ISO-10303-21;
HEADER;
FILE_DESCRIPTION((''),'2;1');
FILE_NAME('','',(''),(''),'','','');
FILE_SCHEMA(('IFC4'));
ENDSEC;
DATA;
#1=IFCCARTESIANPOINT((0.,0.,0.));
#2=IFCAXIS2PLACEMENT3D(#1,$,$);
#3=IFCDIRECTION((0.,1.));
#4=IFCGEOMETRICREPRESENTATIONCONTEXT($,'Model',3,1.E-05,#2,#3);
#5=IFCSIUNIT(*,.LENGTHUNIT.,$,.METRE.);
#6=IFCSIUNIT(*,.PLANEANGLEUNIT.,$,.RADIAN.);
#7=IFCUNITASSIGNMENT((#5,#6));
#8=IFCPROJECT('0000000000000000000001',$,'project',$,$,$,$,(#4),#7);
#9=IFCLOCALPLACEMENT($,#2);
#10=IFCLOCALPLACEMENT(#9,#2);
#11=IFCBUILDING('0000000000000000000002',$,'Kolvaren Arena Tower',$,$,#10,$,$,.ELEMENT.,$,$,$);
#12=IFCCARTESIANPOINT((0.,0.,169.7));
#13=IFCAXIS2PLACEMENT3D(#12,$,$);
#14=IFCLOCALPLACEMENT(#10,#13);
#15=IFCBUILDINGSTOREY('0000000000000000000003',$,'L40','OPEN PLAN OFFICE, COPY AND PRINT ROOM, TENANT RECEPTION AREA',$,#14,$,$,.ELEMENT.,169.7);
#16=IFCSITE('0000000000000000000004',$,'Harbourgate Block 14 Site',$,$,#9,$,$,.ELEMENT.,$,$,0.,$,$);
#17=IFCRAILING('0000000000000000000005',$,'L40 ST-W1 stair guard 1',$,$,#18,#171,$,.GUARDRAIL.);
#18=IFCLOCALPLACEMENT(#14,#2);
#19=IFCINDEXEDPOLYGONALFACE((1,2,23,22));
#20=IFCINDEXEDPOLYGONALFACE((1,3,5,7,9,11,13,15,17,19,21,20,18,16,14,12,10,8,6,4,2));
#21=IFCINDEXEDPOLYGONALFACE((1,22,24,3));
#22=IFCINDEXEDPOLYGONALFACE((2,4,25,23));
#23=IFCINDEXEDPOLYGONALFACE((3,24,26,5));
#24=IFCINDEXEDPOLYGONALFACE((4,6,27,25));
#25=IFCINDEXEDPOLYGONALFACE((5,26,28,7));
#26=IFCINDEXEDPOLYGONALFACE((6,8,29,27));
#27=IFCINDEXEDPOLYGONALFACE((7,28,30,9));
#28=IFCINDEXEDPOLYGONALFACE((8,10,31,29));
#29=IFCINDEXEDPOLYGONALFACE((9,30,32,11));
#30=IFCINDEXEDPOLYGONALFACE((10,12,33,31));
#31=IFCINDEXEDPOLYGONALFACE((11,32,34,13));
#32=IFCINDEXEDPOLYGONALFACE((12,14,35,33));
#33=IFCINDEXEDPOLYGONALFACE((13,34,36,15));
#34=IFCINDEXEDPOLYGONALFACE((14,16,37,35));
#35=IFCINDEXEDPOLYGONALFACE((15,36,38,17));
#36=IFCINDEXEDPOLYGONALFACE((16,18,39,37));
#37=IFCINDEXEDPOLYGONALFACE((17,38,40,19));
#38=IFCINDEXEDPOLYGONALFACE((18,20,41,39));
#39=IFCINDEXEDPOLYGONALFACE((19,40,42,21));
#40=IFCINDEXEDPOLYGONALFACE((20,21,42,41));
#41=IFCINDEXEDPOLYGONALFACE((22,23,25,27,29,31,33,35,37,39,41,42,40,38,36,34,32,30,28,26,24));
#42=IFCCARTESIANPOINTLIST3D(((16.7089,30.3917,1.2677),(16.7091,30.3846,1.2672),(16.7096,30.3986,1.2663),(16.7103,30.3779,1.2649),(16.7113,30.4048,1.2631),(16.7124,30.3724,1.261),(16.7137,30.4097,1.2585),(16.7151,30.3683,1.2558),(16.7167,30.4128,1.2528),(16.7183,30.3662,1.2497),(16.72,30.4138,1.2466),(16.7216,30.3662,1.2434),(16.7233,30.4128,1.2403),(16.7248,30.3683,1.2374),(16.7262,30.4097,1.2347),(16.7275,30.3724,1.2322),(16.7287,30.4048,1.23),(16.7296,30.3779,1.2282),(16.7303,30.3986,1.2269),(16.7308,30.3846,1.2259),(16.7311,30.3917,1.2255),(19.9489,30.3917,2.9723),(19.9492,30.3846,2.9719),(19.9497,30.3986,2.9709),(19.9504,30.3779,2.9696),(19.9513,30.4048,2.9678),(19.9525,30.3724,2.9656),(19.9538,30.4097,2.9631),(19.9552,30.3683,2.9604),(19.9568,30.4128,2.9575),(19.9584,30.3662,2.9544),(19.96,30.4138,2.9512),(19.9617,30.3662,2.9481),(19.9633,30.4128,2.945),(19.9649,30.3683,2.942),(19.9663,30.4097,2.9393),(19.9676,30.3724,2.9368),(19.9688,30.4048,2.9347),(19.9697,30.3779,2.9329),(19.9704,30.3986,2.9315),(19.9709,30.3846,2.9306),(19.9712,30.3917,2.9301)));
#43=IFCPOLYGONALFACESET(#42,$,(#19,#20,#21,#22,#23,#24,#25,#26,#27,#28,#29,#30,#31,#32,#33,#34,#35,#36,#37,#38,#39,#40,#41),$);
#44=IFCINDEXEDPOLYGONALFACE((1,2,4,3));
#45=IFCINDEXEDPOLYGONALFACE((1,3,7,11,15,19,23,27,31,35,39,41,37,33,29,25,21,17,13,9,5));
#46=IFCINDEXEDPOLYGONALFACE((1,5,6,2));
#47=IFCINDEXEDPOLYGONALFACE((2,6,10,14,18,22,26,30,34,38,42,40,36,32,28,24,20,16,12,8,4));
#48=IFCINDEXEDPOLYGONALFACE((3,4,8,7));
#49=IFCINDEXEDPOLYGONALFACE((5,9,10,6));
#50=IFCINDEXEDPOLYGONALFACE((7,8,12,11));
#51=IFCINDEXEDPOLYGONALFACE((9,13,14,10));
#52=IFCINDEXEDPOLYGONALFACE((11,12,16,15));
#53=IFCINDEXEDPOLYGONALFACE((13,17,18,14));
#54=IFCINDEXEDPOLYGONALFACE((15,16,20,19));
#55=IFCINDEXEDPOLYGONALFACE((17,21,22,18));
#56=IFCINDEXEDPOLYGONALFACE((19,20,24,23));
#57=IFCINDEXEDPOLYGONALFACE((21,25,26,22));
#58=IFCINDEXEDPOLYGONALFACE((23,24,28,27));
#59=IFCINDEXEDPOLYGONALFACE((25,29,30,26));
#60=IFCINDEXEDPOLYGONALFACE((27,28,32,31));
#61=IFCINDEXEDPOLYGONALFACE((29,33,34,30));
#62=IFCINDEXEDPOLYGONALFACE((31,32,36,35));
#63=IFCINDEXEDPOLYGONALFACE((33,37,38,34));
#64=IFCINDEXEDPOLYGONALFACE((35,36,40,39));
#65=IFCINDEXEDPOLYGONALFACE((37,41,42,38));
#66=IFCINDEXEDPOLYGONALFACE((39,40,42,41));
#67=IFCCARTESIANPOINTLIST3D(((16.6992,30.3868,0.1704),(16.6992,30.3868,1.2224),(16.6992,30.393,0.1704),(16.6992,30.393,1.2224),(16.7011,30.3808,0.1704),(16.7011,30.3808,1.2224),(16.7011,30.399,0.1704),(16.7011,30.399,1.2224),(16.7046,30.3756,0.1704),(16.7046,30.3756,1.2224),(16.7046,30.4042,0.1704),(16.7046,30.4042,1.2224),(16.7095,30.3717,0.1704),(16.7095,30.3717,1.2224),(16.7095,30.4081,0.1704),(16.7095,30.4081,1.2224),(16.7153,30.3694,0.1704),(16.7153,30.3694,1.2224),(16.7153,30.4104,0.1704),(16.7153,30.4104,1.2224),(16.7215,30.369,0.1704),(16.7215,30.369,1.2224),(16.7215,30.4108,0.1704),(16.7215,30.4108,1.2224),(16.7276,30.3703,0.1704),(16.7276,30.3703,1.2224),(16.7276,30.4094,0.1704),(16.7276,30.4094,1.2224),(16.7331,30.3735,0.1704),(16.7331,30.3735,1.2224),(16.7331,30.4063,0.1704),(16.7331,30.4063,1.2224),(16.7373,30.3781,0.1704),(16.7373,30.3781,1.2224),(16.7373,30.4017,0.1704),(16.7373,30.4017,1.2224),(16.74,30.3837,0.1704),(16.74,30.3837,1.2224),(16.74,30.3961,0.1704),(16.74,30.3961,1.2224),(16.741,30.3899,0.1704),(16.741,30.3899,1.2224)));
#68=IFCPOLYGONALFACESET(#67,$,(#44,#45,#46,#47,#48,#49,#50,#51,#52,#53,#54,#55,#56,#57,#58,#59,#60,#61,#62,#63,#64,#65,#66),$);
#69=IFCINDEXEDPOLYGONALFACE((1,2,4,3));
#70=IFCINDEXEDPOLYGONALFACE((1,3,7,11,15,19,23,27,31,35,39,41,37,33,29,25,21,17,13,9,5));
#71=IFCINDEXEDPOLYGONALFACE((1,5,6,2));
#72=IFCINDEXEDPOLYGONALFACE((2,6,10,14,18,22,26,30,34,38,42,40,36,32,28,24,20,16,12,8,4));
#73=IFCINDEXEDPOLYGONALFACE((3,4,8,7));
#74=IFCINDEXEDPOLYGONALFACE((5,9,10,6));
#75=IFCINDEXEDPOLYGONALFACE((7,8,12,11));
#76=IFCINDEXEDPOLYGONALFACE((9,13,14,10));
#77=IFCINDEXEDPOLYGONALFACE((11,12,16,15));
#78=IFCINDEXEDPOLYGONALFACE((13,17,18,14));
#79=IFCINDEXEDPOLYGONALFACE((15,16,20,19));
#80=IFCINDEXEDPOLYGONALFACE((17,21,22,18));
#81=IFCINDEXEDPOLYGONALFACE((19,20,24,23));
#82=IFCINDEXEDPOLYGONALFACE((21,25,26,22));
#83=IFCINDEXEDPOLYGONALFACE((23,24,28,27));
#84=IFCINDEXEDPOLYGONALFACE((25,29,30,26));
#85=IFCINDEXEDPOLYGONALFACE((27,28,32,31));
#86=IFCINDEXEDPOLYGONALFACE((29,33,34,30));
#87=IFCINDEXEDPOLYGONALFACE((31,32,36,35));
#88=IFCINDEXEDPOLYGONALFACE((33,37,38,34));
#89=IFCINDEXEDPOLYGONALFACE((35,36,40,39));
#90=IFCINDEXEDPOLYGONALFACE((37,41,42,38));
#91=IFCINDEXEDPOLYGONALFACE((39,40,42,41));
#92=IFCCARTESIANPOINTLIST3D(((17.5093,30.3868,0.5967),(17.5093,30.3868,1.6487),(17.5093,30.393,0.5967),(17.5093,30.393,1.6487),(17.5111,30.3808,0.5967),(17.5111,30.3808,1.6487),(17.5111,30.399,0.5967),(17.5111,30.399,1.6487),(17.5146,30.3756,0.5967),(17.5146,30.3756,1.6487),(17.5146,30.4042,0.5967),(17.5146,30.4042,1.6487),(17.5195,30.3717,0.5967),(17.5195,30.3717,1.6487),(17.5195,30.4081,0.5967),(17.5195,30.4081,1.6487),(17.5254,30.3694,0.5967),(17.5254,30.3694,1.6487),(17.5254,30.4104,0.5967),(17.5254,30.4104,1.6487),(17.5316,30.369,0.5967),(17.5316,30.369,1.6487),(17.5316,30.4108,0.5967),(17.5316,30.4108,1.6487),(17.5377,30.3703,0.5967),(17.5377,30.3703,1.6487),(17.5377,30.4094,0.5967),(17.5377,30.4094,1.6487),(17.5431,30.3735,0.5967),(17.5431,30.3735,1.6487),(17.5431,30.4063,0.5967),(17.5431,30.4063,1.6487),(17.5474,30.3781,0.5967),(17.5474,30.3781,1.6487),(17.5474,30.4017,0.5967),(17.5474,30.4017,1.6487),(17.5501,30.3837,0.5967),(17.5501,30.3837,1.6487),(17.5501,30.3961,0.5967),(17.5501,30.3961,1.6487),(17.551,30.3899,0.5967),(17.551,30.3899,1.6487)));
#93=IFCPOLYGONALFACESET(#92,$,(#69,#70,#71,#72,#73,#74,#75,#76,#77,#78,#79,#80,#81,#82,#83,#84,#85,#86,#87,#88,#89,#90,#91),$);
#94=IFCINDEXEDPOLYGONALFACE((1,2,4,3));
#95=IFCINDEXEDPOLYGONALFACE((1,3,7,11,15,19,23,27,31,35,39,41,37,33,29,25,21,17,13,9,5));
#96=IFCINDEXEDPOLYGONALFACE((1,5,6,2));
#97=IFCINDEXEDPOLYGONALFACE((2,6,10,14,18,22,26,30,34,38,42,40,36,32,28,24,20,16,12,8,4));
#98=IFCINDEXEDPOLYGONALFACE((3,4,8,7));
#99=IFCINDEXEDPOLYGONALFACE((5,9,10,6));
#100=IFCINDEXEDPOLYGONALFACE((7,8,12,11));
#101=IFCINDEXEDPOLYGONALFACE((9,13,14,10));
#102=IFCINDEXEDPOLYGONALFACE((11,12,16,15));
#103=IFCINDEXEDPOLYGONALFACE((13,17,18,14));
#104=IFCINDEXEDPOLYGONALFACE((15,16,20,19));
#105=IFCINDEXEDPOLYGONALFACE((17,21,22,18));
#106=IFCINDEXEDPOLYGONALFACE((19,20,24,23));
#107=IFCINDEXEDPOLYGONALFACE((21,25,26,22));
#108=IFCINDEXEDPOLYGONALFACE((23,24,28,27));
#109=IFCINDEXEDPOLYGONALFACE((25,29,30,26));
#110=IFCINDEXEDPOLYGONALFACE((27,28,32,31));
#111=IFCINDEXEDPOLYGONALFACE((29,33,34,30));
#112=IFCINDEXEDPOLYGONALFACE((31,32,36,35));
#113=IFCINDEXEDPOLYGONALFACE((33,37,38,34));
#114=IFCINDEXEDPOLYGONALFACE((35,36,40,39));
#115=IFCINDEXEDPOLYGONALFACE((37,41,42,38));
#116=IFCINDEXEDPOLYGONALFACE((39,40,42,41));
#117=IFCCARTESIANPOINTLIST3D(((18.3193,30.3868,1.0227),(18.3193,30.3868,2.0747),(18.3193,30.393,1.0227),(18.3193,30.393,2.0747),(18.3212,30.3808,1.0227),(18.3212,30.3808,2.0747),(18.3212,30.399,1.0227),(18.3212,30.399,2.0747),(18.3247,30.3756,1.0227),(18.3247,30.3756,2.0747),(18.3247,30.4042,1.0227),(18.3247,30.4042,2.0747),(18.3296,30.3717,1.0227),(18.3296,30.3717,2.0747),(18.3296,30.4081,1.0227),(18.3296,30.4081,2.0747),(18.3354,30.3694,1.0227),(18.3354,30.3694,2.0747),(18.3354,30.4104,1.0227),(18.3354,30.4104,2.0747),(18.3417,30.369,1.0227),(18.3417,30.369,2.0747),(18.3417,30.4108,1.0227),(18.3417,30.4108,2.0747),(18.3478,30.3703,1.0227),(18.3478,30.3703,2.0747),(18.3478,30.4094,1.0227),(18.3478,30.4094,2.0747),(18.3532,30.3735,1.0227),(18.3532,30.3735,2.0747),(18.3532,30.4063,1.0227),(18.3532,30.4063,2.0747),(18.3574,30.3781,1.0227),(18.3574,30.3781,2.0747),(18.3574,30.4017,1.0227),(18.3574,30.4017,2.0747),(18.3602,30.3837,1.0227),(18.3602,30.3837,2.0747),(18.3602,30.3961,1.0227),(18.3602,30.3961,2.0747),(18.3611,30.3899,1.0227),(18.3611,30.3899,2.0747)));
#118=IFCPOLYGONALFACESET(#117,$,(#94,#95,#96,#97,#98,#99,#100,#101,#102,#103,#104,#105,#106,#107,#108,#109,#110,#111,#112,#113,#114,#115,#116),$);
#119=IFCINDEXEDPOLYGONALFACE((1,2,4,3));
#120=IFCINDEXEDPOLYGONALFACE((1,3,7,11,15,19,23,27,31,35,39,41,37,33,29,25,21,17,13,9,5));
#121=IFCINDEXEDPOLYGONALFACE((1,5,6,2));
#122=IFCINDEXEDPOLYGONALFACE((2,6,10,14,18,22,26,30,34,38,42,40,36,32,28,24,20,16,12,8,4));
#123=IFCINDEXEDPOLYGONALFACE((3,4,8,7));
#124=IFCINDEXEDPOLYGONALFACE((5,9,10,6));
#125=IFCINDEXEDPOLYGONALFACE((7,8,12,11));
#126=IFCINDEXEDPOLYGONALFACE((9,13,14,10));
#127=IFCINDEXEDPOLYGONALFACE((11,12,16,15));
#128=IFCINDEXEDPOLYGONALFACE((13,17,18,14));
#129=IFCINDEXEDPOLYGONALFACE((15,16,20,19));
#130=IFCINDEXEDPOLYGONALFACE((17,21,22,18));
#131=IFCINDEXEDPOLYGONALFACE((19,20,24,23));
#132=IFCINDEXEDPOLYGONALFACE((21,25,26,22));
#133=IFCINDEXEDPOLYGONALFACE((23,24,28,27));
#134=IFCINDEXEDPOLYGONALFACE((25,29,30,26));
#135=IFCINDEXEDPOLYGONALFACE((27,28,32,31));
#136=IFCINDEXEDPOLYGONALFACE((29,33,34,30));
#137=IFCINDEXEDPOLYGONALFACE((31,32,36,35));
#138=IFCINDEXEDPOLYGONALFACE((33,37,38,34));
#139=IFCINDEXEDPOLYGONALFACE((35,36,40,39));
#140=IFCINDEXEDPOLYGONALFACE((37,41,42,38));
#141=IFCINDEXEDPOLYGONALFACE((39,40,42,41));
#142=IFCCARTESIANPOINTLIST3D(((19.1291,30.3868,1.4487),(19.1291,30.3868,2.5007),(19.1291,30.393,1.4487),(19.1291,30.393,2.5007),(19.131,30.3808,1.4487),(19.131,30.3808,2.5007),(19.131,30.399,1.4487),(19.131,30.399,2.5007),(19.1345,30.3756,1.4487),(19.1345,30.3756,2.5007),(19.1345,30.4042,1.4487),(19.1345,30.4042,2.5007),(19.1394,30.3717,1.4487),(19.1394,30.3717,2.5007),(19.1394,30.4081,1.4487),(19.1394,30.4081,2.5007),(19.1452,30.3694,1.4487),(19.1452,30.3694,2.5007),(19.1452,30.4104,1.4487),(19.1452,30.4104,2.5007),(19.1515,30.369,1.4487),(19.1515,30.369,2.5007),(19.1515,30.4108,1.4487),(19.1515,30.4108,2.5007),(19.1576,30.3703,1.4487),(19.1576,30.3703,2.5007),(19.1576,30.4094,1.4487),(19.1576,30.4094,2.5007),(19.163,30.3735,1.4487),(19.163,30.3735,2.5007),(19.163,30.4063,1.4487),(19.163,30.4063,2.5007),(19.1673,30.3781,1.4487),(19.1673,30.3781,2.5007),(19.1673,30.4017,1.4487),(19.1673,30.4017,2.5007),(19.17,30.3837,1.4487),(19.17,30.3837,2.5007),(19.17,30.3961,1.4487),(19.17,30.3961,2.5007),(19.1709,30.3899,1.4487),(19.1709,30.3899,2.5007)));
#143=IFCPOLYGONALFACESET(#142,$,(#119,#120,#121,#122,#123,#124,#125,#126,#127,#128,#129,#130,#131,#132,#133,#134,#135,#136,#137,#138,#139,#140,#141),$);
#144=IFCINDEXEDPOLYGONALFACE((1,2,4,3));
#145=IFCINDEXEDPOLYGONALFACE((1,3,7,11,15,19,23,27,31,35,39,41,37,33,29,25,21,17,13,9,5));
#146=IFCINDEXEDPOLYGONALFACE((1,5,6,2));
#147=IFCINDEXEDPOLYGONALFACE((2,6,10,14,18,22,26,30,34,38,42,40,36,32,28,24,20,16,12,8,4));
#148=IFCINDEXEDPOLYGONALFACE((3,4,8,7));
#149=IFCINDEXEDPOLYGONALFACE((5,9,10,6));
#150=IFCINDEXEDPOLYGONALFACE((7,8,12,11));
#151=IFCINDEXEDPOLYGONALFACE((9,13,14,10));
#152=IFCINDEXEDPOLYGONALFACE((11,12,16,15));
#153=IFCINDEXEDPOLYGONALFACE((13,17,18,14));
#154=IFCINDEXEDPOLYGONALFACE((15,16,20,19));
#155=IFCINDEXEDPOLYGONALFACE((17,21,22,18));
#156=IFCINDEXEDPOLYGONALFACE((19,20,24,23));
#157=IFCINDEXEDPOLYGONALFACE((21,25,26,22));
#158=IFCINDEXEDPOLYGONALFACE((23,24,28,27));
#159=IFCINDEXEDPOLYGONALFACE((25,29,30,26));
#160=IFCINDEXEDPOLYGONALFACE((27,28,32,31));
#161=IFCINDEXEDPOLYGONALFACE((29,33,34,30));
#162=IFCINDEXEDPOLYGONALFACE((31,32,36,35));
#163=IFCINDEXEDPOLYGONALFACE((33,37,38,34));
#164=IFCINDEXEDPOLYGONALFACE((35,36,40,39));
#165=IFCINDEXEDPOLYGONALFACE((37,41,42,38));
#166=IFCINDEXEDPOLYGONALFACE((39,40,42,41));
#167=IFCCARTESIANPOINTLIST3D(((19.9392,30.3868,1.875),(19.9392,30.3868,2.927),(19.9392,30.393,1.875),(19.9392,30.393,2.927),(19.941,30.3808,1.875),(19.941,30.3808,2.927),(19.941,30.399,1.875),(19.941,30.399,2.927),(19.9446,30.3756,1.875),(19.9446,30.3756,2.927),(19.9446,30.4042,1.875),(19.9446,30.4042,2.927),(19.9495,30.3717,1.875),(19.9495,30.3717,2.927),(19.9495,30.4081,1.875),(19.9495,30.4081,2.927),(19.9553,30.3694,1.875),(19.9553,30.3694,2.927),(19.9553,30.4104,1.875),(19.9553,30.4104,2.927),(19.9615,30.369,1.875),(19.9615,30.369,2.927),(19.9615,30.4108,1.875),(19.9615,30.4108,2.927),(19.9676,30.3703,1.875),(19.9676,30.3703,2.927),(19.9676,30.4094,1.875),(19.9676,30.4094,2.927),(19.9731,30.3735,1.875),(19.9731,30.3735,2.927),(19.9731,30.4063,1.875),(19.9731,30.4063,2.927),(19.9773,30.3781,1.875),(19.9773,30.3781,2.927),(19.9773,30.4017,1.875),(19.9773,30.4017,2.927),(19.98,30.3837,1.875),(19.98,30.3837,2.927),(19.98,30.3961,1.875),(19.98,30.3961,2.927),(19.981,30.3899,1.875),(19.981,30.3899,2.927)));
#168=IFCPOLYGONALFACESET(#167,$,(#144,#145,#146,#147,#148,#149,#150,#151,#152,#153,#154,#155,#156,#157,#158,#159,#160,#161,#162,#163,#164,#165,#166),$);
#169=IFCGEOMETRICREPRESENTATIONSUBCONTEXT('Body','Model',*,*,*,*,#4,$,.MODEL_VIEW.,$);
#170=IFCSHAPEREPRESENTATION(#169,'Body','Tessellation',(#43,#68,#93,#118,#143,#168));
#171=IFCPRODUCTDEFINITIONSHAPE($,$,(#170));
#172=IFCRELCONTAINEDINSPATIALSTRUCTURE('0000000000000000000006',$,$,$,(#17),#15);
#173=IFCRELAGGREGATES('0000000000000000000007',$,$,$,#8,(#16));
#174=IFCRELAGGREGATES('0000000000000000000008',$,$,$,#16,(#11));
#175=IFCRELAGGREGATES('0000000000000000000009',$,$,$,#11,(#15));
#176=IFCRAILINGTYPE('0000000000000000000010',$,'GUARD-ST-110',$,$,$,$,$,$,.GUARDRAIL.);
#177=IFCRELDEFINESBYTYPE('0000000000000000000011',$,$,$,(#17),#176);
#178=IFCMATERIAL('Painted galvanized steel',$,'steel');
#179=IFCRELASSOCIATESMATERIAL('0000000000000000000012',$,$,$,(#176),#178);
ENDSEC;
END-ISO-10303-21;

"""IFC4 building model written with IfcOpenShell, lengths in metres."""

from ifc_helpers import new_model, si_unit, direction, frame, origin, origin_2d, place, context, subcontext, project, spatial, circle, extrude, material, type_object, element, save


model = new_model("IFC4")

# Units and contexts
model_context = context("Model", 3, precision=1e-05, world=origin(), true_north=direction((0.0, 1.0)))
body_context = subcontext(model_context, "Body", "Model", "MODEL_VIEW")
ifc_project = project(units=[si_unit("LENGTHUNIT", "METRE"), si_unit("PLANEANGLEUNIT", "RADIAN")], contexts=[model_context])

# Site, building, storey
site_placement = place(None, origin())
site = spatial("IfcSite", under=ifc_project, at=site_placement, Name="Harbourgate Block 14 Site", CompositionType="ELEMENT", RefElevation=0.0)
building_placement = place(site_placement, origin())
building = spatial("IfcBuilding", under=site, at=building_placement, Name="Kolvaren Arena Tower", CompositionType="ELEMENT")
storey_placement = place(building_placement, frame((0.0, 0.0, 169.7)))
storey = spatial("IfcBuildingStorey", under=building, at=storey_placement, Name="L40", Description="OPEN PLAN OFFICE, COPY AND PRINT ROOM, TENANT RECEPTION AREA", CompositionType="ELEMENT", Elevation=169.7)

# Railing
ifc_material_1 = material(Name="Painted galvanized steel", Category="steel")
railing_type_1 = type_object("IfcRailingType", Name="GUARD-ST-110", PredefinedType="GUARDRAIL", material=ifc_material_1)
railing_1_placement = place(storey_placement, frame((16.72, 30.3899, 0.1704)))
element("IfcRailing", 1, at=railing_1_placement, inside=storey, type_object=railing_type_1, Name="L40 ST-W1 stair guard 1", PredefinedType="GUARDRAIL", context=body_context, shape_type="SweptSolid", body=[
    extrude(circle(Radius=0.0239, at=origin_2d()), frame((0.0, 0.0, 1.0762), z_axis=(0.884993, 0.0, 0.465604), x_axis=(0.0, 1.0, 0.0)), (0.0, 0.0, 1.0), 3.6611),
    extrude(circle(Radius=0.021, at=origin_2d()), origin(), (0.0, 0.0, 1.0), 1.052),
    extrude(circle(Radius=0.021, at=origin_2d()), frame((0.8101, 0.0, 0.4263)), (0.0, 0.0, 1.0), 1.052),
    extrude(circle(Radius=0.021, at=origin_2d()), frame((1.6201, 0.0, 0.8523)), (0.0, 0.0, 1.0), 1.052),
    extrude(circle(Radius=0.021, at=origin_2d()), frame((2.4299, 0.0, 1.2783)), (0.0, 0.0, 1.0), 1.052),
    extrude(circle(Radius=0.021, at=origin_2d()), frame((3.24, 0.0, 1.7046)), (0.0, 0.0, 1.0), 1.052),
])

save(model, "model.ifc")
